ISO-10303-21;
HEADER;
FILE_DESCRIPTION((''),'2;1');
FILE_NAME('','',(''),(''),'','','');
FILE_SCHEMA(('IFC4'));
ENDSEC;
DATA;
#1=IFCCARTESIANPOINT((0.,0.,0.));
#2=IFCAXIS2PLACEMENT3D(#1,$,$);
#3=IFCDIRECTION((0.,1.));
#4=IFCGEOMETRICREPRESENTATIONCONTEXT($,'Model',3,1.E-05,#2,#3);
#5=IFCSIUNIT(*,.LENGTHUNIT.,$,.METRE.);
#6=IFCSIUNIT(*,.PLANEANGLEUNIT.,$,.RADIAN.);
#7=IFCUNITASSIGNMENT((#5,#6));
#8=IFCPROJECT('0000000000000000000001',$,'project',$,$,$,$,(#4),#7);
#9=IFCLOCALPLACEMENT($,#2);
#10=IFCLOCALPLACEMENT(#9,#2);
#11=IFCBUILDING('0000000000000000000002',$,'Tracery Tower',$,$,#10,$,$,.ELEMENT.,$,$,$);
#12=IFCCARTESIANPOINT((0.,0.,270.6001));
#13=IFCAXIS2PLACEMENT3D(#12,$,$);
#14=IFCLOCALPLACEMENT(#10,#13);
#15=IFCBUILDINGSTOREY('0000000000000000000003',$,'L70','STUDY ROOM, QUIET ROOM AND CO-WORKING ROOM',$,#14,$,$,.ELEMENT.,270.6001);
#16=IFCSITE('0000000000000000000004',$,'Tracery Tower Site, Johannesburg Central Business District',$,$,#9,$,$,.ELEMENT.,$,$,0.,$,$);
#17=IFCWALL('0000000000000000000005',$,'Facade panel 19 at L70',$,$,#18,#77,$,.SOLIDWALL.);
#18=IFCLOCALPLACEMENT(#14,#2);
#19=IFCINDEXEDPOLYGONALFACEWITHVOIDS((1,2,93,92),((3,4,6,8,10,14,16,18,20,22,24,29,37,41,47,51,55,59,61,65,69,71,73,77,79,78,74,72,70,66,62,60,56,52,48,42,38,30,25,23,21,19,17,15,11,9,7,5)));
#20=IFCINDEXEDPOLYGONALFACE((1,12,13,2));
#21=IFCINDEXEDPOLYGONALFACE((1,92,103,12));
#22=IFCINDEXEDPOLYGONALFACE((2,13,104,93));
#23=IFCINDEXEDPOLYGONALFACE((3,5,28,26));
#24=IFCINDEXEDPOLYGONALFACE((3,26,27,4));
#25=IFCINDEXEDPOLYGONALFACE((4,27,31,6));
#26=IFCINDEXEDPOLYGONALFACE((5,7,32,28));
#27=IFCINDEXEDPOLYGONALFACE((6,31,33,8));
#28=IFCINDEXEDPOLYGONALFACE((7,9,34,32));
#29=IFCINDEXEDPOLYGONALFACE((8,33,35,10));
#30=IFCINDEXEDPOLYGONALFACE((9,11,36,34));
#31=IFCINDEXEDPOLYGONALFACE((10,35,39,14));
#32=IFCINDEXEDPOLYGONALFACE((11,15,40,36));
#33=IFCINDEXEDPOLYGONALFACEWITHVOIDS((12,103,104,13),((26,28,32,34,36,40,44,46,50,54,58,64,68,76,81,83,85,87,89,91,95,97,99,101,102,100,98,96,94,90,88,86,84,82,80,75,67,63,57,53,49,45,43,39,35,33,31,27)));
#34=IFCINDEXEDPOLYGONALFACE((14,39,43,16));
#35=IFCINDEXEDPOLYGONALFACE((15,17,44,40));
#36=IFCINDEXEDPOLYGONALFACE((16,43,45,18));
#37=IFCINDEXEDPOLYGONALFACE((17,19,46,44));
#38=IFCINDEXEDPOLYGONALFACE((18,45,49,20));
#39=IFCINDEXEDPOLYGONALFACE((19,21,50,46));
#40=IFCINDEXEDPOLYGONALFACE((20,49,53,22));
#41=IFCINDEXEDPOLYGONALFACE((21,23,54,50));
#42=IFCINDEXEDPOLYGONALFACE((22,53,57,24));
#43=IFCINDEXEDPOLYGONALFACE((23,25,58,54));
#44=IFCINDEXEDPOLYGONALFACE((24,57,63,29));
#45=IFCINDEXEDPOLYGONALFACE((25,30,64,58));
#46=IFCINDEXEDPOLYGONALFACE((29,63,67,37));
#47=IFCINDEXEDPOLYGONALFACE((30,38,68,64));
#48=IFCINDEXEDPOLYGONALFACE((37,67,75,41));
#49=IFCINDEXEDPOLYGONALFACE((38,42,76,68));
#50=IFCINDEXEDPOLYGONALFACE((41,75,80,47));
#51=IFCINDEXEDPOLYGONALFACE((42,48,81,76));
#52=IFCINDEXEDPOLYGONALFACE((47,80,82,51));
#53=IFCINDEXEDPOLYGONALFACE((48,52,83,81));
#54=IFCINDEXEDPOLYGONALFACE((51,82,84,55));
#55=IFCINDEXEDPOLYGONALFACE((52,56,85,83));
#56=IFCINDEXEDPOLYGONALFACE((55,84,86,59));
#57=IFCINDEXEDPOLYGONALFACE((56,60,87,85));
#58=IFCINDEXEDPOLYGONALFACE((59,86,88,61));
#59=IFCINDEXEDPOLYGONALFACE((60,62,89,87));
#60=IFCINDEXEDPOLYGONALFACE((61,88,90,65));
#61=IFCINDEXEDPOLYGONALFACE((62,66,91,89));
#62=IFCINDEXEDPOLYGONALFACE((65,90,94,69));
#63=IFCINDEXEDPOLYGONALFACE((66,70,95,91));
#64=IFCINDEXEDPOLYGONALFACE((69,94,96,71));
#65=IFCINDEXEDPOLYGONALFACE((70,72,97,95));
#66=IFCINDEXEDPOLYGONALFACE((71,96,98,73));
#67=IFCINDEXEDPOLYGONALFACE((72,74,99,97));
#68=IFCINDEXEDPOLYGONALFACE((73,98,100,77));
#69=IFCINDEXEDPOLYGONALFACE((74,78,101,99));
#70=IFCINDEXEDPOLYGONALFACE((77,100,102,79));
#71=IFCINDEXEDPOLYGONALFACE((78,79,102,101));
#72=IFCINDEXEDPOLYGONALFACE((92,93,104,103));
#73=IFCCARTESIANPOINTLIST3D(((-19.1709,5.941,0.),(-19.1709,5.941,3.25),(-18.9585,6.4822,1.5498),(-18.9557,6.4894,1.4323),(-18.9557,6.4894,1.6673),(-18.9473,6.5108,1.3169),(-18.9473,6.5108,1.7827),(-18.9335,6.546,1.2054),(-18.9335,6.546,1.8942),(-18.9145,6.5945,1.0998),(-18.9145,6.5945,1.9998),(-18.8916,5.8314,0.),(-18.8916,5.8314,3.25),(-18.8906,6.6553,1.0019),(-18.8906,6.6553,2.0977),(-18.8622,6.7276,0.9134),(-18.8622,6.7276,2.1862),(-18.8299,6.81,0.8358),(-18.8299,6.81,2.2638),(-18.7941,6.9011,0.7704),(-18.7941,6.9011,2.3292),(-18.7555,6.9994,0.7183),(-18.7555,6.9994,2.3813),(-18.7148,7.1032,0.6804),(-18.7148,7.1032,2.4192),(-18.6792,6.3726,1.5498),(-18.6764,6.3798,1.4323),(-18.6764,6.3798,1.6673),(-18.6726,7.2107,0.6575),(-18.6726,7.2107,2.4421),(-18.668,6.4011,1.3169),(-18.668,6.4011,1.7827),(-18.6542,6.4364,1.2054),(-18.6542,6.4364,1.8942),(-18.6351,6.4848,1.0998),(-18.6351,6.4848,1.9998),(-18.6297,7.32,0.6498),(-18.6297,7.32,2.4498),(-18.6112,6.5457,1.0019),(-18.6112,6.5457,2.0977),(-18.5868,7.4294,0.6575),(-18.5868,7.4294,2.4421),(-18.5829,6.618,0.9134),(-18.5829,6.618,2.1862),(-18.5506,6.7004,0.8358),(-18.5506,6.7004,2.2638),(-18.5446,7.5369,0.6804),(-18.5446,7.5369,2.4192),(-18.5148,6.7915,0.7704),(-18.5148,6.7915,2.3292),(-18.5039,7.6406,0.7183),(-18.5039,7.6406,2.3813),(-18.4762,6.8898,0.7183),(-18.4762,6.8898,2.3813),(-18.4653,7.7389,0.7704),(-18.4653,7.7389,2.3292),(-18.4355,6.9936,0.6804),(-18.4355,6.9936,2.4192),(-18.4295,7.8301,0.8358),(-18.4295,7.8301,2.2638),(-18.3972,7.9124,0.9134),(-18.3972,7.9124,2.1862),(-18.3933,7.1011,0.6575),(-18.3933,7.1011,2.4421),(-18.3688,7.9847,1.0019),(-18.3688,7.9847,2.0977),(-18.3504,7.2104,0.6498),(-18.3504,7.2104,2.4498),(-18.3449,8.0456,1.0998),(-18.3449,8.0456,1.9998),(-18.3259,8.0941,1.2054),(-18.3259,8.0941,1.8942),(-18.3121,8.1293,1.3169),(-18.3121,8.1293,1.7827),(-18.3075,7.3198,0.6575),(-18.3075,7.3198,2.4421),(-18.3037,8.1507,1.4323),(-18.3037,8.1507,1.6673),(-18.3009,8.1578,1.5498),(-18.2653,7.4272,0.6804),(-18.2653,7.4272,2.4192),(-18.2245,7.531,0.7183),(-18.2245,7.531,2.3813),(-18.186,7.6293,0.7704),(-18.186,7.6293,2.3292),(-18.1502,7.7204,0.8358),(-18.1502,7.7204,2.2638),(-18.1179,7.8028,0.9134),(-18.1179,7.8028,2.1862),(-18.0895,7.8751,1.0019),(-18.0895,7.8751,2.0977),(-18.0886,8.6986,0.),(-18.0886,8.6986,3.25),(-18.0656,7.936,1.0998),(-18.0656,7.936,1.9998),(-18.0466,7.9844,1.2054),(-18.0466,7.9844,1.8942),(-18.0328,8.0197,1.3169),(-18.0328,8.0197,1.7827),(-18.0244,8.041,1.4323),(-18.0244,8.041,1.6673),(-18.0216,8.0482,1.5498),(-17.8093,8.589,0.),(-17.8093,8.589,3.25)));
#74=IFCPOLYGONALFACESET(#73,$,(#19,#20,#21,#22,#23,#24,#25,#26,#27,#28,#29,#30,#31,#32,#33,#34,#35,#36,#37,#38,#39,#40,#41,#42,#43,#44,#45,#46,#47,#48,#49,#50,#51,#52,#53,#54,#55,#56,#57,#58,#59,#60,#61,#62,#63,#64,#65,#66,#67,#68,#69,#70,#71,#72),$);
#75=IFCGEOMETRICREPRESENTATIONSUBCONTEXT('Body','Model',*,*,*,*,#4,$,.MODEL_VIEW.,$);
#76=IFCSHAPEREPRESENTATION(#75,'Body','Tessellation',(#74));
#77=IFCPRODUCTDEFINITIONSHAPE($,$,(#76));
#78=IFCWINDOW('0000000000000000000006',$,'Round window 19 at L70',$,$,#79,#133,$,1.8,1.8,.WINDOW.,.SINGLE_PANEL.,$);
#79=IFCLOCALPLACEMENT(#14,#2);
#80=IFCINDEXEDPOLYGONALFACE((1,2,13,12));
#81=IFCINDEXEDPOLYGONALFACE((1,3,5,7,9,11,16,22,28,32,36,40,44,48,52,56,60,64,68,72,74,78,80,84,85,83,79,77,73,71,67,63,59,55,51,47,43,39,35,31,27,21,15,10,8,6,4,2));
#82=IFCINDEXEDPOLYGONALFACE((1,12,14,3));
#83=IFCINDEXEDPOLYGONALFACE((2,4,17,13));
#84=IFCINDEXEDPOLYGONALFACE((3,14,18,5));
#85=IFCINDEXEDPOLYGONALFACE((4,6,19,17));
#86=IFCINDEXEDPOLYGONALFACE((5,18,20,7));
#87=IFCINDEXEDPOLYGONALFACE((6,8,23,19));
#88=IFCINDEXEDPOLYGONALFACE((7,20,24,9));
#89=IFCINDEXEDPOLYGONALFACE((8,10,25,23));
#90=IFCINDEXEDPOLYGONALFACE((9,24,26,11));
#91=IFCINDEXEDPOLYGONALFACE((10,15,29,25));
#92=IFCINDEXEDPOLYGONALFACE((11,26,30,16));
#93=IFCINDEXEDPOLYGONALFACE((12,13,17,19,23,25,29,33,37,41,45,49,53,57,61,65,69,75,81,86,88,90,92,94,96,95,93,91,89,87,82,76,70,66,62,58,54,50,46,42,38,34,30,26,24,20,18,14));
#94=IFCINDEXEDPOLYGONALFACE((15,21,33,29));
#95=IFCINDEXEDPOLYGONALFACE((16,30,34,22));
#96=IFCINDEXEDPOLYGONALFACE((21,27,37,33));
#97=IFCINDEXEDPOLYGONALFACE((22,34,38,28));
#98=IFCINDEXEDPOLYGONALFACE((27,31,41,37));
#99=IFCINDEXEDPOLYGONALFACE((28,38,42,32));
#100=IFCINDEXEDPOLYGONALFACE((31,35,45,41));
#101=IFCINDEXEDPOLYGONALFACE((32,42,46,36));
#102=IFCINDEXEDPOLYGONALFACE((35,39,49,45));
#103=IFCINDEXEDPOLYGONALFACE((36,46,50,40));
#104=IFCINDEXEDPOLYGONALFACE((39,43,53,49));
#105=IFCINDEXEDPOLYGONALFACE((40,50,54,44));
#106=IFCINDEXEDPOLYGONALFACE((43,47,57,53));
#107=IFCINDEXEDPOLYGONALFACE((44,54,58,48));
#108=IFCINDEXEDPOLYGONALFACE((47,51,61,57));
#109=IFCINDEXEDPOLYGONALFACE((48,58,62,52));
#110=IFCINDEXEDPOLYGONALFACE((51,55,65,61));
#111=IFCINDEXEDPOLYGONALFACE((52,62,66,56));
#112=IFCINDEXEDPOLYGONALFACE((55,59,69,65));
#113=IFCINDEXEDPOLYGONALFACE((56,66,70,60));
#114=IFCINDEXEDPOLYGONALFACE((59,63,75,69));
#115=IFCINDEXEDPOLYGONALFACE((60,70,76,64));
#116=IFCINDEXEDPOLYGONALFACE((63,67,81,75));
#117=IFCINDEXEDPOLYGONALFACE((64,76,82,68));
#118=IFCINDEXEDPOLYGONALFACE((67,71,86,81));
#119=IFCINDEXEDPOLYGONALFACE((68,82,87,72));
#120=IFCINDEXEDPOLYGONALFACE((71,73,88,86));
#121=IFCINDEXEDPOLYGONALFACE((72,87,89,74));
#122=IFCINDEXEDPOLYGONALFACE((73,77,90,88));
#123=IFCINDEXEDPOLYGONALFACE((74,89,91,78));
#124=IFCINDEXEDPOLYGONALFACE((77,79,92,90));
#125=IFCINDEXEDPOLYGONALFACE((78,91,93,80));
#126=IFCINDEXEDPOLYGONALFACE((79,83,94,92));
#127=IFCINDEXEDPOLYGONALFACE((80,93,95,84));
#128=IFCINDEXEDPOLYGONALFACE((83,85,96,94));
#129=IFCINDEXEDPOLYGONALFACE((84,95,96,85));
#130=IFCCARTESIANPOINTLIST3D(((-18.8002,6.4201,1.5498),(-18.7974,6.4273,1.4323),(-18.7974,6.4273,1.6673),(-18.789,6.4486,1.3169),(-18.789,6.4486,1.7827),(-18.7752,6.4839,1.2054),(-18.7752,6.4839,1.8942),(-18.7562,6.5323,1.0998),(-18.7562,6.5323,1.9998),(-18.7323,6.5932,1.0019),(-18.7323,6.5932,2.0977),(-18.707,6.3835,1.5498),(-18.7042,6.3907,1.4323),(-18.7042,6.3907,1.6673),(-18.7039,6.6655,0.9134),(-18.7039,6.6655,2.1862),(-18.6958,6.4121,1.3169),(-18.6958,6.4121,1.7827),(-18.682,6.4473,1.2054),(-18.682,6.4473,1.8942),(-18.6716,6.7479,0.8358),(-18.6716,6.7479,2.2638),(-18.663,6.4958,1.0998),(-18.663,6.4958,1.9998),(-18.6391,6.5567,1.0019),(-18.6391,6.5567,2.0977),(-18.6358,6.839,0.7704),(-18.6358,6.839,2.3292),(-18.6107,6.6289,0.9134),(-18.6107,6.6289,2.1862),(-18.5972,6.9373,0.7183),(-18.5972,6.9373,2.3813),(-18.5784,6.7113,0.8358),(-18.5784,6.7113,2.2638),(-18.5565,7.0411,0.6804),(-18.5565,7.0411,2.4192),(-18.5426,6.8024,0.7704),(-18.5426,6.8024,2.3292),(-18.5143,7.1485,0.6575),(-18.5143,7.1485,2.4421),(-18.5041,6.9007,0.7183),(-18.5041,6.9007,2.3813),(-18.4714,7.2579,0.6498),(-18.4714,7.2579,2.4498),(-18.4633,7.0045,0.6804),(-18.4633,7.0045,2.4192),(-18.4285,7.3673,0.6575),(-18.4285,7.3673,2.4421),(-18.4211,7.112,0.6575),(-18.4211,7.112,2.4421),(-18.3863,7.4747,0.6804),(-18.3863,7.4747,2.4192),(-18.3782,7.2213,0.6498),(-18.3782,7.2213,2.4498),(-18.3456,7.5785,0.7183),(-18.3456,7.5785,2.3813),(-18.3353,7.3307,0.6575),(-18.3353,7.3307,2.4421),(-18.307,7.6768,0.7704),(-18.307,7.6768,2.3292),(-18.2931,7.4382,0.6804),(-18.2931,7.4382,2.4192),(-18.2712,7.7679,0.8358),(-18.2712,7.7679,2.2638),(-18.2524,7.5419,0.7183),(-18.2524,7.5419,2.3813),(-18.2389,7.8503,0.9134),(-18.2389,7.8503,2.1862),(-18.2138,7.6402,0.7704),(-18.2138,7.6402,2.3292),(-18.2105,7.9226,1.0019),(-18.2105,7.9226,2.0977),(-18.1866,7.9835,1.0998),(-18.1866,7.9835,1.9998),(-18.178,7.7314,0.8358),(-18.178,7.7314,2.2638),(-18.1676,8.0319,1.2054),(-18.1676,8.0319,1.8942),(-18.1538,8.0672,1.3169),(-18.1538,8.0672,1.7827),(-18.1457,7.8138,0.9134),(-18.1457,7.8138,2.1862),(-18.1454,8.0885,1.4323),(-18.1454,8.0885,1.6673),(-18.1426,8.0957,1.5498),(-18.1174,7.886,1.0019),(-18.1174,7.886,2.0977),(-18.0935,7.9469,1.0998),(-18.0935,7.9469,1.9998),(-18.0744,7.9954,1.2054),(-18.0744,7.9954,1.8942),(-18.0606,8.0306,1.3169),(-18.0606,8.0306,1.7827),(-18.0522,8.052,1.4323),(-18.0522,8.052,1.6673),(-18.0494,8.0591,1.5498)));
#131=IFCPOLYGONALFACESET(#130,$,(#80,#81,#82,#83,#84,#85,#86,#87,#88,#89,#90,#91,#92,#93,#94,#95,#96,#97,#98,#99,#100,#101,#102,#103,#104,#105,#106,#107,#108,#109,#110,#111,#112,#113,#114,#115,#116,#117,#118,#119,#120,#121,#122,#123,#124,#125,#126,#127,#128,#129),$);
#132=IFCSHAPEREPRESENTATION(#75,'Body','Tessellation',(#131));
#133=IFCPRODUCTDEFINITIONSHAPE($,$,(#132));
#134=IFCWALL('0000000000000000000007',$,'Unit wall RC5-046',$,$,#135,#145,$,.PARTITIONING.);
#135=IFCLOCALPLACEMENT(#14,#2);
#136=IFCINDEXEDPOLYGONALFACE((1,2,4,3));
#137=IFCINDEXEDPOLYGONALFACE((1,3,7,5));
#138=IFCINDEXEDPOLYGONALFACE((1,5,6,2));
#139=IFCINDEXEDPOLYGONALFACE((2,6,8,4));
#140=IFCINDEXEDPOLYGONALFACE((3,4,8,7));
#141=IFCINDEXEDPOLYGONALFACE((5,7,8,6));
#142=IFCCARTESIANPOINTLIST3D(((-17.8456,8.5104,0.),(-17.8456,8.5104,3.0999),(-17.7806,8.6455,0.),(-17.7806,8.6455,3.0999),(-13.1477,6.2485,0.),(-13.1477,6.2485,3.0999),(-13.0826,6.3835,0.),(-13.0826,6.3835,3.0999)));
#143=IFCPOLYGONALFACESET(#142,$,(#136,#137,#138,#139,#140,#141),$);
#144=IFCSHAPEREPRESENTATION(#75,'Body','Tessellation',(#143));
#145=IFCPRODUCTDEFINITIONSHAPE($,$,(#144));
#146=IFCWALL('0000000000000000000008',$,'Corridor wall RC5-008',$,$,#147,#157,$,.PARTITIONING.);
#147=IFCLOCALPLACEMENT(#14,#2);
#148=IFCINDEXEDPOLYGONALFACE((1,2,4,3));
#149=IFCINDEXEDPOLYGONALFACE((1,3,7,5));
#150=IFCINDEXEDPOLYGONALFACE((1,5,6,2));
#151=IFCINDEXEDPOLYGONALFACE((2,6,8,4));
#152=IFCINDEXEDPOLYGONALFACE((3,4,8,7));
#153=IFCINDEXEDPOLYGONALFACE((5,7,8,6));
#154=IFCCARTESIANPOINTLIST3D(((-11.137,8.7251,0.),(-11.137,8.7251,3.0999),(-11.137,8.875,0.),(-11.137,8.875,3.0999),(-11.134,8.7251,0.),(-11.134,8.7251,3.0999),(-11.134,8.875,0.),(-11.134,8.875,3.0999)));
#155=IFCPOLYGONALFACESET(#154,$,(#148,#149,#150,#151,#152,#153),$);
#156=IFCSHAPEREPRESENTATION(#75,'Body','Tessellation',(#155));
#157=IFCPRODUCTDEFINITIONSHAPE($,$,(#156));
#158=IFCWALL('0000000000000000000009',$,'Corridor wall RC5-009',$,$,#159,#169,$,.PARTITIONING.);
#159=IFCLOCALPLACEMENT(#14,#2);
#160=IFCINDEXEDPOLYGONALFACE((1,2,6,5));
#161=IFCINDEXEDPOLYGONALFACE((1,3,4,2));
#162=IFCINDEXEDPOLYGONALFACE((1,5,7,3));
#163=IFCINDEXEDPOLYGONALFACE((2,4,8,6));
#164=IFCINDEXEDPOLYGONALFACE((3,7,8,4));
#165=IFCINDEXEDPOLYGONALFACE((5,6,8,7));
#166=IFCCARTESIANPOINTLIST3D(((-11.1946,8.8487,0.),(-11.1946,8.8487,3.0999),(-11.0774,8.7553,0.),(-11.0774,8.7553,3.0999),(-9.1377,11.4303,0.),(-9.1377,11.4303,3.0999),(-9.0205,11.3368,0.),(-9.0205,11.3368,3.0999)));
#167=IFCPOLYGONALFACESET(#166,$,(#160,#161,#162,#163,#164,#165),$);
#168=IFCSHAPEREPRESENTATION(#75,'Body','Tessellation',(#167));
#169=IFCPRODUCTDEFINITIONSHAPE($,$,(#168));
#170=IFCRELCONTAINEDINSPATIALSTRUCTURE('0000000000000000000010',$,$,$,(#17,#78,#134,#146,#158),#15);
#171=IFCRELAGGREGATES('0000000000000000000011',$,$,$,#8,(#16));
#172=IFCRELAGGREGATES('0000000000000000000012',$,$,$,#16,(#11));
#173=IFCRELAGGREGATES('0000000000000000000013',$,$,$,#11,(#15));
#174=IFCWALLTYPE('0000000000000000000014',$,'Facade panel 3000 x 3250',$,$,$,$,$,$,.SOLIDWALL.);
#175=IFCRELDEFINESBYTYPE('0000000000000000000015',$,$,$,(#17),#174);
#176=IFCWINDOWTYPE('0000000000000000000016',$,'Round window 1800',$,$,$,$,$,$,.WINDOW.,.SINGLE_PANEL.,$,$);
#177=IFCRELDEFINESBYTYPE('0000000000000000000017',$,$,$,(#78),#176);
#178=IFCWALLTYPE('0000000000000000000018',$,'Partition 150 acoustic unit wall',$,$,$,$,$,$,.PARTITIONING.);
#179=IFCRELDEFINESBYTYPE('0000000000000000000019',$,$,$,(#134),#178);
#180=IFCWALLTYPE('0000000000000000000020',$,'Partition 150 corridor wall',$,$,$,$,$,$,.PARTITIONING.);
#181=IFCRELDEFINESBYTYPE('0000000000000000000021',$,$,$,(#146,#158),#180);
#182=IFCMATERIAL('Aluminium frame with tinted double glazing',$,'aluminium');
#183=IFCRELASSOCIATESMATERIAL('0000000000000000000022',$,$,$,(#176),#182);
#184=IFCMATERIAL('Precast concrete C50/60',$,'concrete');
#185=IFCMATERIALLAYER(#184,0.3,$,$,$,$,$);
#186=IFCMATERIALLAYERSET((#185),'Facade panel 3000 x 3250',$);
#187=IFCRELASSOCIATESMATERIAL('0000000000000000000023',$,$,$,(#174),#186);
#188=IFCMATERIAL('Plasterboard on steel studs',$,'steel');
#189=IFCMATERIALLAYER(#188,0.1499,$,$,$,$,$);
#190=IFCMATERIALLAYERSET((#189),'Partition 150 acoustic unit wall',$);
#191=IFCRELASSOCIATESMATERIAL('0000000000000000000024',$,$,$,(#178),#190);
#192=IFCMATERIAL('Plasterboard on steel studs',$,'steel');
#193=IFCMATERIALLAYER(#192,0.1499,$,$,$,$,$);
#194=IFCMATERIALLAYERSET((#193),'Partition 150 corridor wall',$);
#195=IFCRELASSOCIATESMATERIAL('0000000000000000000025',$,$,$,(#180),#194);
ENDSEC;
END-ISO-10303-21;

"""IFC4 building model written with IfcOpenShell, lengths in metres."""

from ifc_helpers import new_model, si_unit, direction, frame, frame_2d, origin, origin_2d, place, context, subcontext, project, spatial, rectangle, circle, extrude, material, layer, layer_set, type_object, element, fill, save


model = new_model("IFC4")

# Units and contexts
model_context = context("Model", 3, precision=1e-05, world=origin(), true_north=direction((0.0, 1.0)))
body_context = subcontext(model_context, "Body", "Model", "MODEL_VIEW")
ifc_project = project(units=[si_unit("LENGTHUNIT", "METRE"), si_unit("PLANEANGLEUNIT", "RADIAN")], contexts=[model_context])

# Site, building, storey
site_placement = place(None, origin())
site = spatial("IfcSite", under=ifc_project, at=site_placement, Name="Tracery Tower Site, Johannesburg Central Business District", CompositionType="ELEMENT", RefElevation=0.0)
building_placement = place(site_placement, origin())
building = spatial("IfcBuilding", under=site, at=building_placement, Name="Tracery Tower", CompositionType="ELEMENT")
storey_placement = place(building_placement, frame((0.0, 0.0, 270.6001)))
storey = spatial("IfcBuildingStorey", under=building, at=storey_placement, Name="L70", Description="STUDY ROOM, QUIET ROOM AND CO-WORKING ROOM", CompositionType="ELEMENT", Elevation=270.6001)

# Wall, opening, window
ifc_material_1 = material(Name="Aluminium frame with tinted double glazing", Category="aluminium")
window_type = type_object("IfcWindowType", Name="Round window 1800", PartitioningType="SINGLE_PANEL", PredefinedType="WINDOW", material=ifc_material_1)
ifc_material_2 = material(Name="Precast concrete C50/60", Category="concrete")
ifc_layer_1 = layer(ifc_material_2, 0.3)
ifc_layer_set_1 = layer_set([ifc_layer_1], Name="Facade panel 3000 x 3250")
wall_type_1 = type_object("IfcWallType", Name="Facade panel 3000 x 3250", PredefinedType="SOLIDWALL", material=ifc_layer_set_1)
wall_1_placement = place(storey_placement, frame((-17.949, 8.6438, 0.0), z_axis=(0.0, 0.0, 1.0), x_axis=(-0.365344, -0.930873, 0.0)))
wall_1 = element("IfcWall", 1, at=wall_1_placement, inside=storey, type_object=wall_type_1, Name="Facade panel 19 at L70", PredefinedType="SOLIDWALL", context=body_context, shape_type="SweptSolid", body=[
    extrude(rectangle(XDim=2.9624, YDim=0.3, at=frame_2d((1.4812, 0.0))), origin(), (0.0, 0.0, 1.0), 3.25),
])
opening_1_placement = place(wall_1_placement, frame((1.481, 0.0, 1.5498)))
opening_1 = element("IfcOpeningElement", 2, at=opening_1_placement, cuts=wall_1, PredefinedType="OPENING", context=body_context, shape_type="SweptSolid", body=[
    extrude(circle(Radius=0.9, at=origin_2d()), frame((0.0, 0.1599, 0.0), z_axis=(0.0, -1.0, 0.0), x_axis=(1.0, 0.0, 0.0)), (0.0, 0.0, 1.0), 0.3201),
])
window_1_placement = place(opening_1_placement, origin())
window_1 = element("IfcWindow", 3, at=window_1_placement, inside=storey, type_object=window_type, Name="Round window 19 at L70", OverallHeight=1.8, OverallWidth=1.8, PartitioningType="SINGLE_PANEL", PredefinedType="WINDOW", context=body_context, shape_type="SweptSolid", body=[
    extrude(circle(Radius=0.9, at=origin_2d()), frame((0.0, 0.1201, 0.0), z_axis=(0.0, -1.0, 0.0), x_axis=(1.0, 0.0, 0.0)), (0.0, 0.0, 1.0), 0.1001),
])
fill(opening_1, window_1)

# Walls
ifc_material_3 = material(Name="Plasterboard on steel studs", Category="steel")
ifc_layer_2 = layer(ifc_material_3, 0.1499)
ifc_layer_set_2 = layer_set([ifc_layer_2], Name="Partition 150 acoustic unit wall")
wall_type_2 = type_object("IfcWallType", Name="Partition 150 acoustic unit wall", PredefinedType="PARTITIONING", material=ifc_layer_set_2)
wall_2_placement = place(storey_placement, frame((-17.813, 8.5779, 0.0), z_axis=(0.0, 0.0, 1.0), x_axis=(0.901004, -0.43381, 0.0)))
element("IfcWall", 4, at=wall_2_placement, inside=storey, type_object=wall_type_2, Name="Unit wall RC5-046", PredefinedType="PARTITIONING", context=body_context, shape_type="SweptSolid", body=[
    extrude(rectangle(XDim=5.2141, YDim=0.1499, at=frame_2d((2.6069, 0.0))), origin(), (0.0, 0.0, 1.0), 3.0999),
])
ifc_material_4 = material(Name="Plasterboard on steel studs", Category="steel")
ifc_layer_3 = layer(ifc_material_4, 0.1499)
ifc_layer_set_3 = layer_set([ifc_layer_3], Name="Partition 150 corridor wall")
wall_type_3 = type_object("IfcWallType", Name="Partition 150 corridor wall", PredefinedType="PARTITIONING", material=ifc_layer_set_3)
wall_3_placement = place(storey_placement, frame((-11.134, 8.8, 0.0), z_axis=(0.0, 0.0, 1.0), x_axis=(-1.0, 0.0, 0.0)))
element("IfcWall", 5, at=wall_3_placement, inside=storey, type_object=wall_type_3, Name="Corridor wall RC5-008", PredefinedType="PARTITIONING", context=body_context, shape_type="SweptSolid", body=[
    extrude(rectangle(XDim=0.0029, YDim=0.1499, at=frame_2d((0.0015, 0.0))), origin(), (0.0, 0.0, 1.0), 3.0999),
])
wall_4_placement = place(storey_placement, frame((-11.136, 8.802, 0.0), z_axis=(0.0, 0.0, 1.0), x_axis=(0.623151, 0.782101, 0.0)))
element("IfcWall", 6, at=wall_4_placement, inside=storey, type_object=wall_type_3, Name="Corridor wall RC5-009", PredefinedType="PARTITIONING", context=body_context, shape_type="SweptSolid", body=[
    extrude(rectangle(XDim=3.3008, YDim=0.1499, at=frame_2d((1.6504, 0.0))), origin(), (0.0, 0.0, 1.0), 3.0999),
])

save(model, "model.ifc")
